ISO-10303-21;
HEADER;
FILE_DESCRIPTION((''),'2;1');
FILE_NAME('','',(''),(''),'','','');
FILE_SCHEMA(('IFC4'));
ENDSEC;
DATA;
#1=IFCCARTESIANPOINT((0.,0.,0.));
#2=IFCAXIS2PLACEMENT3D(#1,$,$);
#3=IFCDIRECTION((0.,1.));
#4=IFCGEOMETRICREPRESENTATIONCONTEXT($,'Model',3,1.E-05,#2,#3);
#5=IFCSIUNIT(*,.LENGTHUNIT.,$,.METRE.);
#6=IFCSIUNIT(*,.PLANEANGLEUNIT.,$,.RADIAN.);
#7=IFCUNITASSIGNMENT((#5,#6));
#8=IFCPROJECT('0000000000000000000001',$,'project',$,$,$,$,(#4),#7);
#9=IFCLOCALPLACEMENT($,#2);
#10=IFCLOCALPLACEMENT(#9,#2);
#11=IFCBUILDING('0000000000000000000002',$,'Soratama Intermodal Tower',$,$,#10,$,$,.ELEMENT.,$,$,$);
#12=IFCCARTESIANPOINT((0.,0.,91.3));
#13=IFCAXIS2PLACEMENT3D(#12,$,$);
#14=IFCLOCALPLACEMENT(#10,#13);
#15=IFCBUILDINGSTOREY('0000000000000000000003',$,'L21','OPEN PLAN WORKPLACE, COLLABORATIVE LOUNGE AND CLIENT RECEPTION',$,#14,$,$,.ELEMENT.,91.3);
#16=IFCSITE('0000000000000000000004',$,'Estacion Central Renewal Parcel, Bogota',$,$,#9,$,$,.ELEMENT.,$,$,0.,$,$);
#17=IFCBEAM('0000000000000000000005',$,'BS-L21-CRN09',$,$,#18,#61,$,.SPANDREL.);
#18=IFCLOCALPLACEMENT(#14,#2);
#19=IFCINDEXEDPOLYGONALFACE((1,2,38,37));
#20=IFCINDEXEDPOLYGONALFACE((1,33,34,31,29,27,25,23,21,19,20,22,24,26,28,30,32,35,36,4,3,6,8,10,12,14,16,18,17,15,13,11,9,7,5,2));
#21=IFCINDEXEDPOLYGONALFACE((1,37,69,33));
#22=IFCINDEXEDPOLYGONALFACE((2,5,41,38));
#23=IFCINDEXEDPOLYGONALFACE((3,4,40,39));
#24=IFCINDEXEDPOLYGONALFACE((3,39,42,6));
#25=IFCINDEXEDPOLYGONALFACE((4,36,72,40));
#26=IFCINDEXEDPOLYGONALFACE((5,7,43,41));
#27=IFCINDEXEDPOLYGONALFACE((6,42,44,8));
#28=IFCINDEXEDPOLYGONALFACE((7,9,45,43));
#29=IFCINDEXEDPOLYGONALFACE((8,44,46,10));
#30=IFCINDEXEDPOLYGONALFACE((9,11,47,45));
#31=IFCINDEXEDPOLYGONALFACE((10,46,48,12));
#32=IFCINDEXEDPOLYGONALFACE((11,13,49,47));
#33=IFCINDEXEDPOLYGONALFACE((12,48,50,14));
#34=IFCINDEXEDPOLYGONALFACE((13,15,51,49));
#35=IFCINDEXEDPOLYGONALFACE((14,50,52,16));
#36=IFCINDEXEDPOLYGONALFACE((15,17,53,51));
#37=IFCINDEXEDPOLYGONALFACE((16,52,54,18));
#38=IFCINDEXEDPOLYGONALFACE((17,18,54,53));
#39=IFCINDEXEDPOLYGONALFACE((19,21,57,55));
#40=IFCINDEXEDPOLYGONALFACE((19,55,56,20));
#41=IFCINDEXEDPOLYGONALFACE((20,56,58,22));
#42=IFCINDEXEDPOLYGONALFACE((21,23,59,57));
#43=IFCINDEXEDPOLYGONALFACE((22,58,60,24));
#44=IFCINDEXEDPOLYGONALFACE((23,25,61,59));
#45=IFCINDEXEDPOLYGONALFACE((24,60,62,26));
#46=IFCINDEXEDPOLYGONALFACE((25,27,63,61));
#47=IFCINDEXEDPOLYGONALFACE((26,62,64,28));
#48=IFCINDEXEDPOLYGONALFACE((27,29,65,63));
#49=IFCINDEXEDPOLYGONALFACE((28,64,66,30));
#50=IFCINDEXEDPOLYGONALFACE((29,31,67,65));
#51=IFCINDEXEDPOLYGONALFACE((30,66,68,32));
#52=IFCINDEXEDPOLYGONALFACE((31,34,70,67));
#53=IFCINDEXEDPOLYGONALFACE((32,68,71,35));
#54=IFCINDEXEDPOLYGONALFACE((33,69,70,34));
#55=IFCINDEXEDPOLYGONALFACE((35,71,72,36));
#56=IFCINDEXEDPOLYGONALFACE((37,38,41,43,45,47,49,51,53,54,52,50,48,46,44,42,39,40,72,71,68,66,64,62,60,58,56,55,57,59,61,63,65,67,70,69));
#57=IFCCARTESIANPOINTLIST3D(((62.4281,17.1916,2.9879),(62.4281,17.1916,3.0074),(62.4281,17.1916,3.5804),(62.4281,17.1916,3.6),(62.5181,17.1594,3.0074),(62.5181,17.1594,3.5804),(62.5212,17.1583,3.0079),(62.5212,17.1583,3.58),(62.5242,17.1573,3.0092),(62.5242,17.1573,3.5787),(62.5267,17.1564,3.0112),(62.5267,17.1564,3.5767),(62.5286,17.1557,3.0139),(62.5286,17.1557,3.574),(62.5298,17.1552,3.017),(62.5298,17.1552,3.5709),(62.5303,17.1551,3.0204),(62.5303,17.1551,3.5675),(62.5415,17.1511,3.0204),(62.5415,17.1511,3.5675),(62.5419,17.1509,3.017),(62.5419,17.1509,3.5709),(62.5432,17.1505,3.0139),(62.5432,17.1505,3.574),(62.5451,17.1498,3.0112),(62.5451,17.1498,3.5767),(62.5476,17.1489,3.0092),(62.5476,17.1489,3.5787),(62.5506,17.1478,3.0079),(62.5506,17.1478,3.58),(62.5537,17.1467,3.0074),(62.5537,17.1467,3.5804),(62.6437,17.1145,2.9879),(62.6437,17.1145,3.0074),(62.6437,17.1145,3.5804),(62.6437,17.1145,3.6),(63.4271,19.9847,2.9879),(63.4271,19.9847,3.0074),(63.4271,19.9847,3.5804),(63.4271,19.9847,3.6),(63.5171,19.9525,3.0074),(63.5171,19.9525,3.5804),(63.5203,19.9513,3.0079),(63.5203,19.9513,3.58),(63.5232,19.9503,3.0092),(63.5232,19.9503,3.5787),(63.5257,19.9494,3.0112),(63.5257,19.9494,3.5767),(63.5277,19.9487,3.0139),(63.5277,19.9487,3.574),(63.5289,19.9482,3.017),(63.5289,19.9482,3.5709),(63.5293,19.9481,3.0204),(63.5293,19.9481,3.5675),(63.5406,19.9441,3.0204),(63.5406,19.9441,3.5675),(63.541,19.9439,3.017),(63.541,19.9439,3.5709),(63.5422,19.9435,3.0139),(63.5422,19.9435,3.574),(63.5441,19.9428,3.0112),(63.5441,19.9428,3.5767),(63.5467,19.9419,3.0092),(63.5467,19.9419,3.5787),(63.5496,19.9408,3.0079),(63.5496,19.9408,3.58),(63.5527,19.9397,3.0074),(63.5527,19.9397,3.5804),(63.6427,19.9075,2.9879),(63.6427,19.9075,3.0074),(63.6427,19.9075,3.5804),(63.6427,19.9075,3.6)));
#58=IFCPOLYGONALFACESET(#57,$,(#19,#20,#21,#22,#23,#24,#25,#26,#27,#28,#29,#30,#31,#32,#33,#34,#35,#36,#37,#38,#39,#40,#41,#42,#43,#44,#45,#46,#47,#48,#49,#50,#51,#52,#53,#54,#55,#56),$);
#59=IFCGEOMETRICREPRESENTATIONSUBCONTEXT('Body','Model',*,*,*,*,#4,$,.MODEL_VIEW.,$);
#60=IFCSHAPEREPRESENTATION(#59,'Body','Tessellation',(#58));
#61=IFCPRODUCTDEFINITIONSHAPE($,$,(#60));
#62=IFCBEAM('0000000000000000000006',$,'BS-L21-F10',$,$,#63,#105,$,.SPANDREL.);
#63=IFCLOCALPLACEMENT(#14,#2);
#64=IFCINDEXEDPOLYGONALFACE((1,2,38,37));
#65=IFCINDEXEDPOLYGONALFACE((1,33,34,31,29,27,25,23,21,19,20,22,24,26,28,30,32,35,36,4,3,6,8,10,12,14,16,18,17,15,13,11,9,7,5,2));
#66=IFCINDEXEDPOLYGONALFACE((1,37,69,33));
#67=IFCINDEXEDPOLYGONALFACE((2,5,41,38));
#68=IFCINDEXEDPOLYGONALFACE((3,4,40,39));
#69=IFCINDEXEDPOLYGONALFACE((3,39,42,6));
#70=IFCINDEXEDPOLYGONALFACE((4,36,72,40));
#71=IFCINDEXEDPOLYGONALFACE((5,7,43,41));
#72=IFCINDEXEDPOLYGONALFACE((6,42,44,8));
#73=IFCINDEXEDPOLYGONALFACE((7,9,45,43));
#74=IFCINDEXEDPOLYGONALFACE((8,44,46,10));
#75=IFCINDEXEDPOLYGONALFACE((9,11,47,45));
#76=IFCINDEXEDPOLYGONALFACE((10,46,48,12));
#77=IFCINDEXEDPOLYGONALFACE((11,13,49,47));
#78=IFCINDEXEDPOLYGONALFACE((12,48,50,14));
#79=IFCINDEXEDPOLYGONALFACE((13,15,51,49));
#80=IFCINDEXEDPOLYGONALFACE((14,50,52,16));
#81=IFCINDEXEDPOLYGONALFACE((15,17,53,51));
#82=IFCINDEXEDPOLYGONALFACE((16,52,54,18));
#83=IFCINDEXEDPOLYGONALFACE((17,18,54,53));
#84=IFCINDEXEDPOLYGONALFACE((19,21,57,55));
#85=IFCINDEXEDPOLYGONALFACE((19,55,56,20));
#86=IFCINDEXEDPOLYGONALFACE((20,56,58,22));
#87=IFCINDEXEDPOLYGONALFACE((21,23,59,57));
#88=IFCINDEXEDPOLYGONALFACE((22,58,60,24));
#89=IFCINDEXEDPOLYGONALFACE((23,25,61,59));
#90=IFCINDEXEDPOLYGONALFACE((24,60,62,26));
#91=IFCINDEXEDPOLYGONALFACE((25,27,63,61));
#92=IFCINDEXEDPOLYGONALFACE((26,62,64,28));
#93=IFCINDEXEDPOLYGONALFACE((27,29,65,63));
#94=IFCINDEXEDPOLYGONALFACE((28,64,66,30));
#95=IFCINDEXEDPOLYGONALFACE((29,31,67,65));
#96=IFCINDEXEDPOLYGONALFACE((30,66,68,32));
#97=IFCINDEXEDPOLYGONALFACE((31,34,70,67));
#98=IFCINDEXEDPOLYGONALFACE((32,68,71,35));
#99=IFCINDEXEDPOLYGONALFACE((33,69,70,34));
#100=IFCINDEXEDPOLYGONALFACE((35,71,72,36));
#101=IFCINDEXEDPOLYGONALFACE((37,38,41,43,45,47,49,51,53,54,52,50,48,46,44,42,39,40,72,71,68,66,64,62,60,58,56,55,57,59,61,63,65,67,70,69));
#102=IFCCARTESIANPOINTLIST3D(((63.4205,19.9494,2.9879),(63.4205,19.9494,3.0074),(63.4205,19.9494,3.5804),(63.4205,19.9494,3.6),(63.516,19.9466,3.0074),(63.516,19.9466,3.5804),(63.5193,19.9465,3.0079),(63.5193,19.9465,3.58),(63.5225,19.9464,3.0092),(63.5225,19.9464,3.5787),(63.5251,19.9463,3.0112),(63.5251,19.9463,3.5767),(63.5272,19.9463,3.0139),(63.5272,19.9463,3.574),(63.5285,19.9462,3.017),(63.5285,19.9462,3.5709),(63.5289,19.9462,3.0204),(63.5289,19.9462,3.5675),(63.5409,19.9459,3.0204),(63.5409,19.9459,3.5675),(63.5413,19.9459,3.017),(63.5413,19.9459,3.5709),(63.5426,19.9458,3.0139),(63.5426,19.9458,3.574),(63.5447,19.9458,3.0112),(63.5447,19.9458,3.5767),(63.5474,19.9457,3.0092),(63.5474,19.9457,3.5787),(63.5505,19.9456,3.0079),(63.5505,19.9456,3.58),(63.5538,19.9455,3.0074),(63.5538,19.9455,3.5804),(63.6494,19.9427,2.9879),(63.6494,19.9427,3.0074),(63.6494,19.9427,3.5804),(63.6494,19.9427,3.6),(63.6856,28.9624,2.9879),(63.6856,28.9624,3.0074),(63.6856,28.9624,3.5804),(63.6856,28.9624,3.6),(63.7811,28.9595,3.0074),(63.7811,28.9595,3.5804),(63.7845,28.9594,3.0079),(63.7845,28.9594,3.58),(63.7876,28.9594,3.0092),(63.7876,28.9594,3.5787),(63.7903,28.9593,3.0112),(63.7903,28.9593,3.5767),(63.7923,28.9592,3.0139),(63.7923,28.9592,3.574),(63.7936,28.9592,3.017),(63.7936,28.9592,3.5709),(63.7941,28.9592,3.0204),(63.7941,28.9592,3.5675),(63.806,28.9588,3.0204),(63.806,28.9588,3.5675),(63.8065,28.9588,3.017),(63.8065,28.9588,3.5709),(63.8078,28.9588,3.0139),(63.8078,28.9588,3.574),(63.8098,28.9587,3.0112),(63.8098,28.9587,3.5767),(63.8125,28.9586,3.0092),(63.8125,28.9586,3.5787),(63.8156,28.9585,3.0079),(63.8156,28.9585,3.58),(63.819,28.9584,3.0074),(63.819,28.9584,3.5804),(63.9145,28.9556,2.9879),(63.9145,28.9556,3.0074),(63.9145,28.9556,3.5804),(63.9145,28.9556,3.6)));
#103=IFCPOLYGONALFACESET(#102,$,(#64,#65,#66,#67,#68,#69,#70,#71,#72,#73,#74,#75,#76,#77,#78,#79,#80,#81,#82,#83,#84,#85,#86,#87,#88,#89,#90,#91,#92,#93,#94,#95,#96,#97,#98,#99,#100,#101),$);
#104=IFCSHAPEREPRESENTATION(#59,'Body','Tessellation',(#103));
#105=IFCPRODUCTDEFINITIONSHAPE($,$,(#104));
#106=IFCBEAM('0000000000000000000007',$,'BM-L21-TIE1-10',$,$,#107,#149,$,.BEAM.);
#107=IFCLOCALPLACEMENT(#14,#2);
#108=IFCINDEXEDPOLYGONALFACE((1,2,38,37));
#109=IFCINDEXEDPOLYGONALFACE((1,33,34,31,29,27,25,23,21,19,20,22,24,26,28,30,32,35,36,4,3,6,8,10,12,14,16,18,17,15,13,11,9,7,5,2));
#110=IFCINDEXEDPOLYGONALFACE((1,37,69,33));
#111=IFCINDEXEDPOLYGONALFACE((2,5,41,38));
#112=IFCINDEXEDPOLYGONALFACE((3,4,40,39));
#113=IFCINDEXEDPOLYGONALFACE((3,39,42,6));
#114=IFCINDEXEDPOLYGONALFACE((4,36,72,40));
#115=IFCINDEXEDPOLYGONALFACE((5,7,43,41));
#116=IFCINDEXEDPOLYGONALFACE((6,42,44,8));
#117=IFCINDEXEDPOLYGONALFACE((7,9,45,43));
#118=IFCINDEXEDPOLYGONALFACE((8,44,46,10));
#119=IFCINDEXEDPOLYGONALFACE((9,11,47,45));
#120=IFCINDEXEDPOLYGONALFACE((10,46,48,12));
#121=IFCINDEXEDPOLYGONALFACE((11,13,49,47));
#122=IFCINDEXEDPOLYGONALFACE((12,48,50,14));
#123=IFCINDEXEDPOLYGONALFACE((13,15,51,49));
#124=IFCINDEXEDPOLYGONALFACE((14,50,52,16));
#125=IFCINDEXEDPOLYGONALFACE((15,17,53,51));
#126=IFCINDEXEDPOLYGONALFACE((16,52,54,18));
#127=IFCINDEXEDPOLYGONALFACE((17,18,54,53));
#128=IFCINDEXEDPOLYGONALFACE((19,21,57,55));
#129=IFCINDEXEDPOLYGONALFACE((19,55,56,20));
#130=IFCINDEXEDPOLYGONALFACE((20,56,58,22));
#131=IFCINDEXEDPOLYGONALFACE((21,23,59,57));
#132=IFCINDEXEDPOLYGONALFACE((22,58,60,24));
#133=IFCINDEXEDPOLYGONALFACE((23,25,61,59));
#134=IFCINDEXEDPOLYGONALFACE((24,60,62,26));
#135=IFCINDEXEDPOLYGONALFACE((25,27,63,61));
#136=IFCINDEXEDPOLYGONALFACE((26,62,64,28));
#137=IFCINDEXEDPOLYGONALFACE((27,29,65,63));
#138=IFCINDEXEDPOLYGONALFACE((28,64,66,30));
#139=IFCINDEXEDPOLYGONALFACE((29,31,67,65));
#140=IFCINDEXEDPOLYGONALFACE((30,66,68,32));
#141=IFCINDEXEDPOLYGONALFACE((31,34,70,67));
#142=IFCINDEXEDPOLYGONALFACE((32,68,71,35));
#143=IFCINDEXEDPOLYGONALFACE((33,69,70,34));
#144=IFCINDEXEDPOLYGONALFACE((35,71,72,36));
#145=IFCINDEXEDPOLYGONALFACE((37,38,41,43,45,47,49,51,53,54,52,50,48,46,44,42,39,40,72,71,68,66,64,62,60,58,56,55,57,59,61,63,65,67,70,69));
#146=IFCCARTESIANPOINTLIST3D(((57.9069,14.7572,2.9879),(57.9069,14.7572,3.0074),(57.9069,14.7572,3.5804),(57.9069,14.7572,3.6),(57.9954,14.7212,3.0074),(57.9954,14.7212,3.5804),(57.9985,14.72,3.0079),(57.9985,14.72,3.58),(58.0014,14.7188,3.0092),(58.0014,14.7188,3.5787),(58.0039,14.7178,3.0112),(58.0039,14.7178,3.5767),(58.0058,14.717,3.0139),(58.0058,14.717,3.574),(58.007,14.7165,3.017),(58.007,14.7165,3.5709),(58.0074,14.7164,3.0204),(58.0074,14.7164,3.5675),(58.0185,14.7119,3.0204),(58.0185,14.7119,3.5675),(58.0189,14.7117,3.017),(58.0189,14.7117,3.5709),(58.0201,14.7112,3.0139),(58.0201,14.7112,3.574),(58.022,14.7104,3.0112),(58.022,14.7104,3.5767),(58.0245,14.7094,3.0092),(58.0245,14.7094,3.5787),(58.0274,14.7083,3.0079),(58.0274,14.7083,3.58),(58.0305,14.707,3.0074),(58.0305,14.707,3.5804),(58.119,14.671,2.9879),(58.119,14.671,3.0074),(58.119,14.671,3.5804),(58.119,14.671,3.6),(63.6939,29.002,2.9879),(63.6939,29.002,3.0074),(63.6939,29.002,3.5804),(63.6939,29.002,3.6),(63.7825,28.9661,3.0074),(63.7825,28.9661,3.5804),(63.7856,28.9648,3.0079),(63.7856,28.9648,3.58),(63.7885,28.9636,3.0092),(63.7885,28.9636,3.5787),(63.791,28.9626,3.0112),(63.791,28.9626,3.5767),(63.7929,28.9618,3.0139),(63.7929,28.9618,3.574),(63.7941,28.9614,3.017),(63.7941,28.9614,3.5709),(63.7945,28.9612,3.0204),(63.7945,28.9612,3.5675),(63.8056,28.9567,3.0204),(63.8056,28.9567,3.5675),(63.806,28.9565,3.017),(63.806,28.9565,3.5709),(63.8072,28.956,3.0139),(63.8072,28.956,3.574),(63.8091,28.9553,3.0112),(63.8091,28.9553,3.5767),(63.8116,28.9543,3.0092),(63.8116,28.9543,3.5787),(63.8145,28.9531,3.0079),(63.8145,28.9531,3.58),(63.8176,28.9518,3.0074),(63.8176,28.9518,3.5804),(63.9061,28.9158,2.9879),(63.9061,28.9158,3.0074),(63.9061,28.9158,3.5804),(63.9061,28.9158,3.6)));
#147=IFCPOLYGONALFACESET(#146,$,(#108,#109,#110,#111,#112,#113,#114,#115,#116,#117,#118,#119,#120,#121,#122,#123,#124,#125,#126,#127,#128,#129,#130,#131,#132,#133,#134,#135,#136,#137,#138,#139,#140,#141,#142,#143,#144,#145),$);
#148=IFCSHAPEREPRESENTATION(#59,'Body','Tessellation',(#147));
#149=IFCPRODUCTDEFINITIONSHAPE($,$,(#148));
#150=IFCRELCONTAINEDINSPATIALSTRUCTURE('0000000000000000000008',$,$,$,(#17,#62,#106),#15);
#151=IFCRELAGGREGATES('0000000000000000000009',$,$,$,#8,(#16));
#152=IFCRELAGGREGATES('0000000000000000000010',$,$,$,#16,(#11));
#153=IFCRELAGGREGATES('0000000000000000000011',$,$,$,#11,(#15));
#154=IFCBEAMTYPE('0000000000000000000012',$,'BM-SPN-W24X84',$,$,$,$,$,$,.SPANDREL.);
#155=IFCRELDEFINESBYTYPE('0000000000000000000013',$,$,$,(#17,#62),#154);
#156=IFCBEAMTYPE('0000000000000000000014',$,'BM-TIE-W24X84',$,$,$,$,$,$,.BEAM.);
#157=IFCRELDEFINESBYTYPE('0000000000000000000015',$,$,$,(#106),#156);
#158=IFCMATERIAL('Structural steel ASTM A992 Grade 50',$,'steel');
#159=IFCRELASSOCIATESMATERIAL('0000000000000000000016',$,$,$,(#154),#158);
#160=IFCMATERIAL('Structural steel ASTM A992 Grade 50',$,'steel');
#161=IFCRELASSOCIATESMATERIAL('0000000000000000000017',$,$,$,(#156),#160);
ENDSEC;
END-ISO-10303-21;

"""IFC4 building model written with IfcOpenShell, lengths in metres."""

from ifc_helpers import new_model, si_unit, direction, frame, origin, origin_2d, place, context, subcontext, project, spatial, i_section, extrude, material, material_profile, profile_set, type_object, element, save


model = new_model("IFC4")

# Units and contexts
model_context = context("Model", 3, precision=1e-05, world=origin(), true_north=direction((0.0, 1.0)))
body_context = subcontext(model_context, "Body", "Model", "MODEL_VIEW")
ifc_project = project(units=[si_unit("LENGTHUNIT", "METRE"), si_unit("PLANEANGLEUNIT", "RADIAN")], contexts=[model_context])

# Site, building, storey
site_placement = place(None, origin())
site = spatial("IfcSite", under=ifc_project, at=site_placement, Name="Estacion Central Renewal Parcel, Bogota", CompositionType="ELEMENT", RefElevation=0.0)
building_placement = place(site_placement, origin())
building = spatial("IfcBuilding", under=site, at=building_placement, Name="Soratama Intermodal Tower", CompositionType="ELEMENT")
storey_placement = place(building_placement, frame((0.0, 0.0, 91.3)))
storey = spatial("IfcBuildingStorey", under=building, at=storey_placement, Name="L21", Description="OPEN PLAN WORKPLACE, COLLABORATIVE LOUNGE AND CLIENT RECEPTION", CompositionType="ELEMENT", Elevation=91.3)

# Beams
ifc_material_1 = material(Name="Structural steel ASTM A992 Grade 50", Category="steel")
ifc_material_profile_1 = material_profile(ifc_material_1, i_section(OverallWidth=0.229, OverallDepth=0.6121, WebThickness=0.012, FlangeThickness=0.0195, FilletRadius=0.0129, at=origin_2d()), Name="W24X84")
ifc_profile_set_1 = profile_set([ifc_material_profile_1], Name="Structural steel ASTM A992 Grade 50")
beam_type_1 = type_object("IfcBeamType", Name="BM-SPN-W24X84", PredefinedType="SPANDREL", material=ifc_profile_set_1)
beam_1_placement = place(storey_placement, frame((62.5359, 17.1531, 3.2939), z_axis=(0.336795, 0.941578, 0.0), x_axis=(-0.941578, 0.336795, 0.0)))
element("IfcBeam", 1, at=beam_1_placement, inside=storey, type_object=beam_type_1, Name="BS-L21-CRN09", PredefinedType="SPANDREL", context=body_context, shape_type="SweptSolid", body=[
    extrude(i_section(OverallWidth=0.229, OverallDepth=0.6121, WebThickness=0.012, FlangeThickness=0.0195, FilletRadius=0.0129, at=origin_2d()), origin(), (0.0, 0.0, 1.0), 2.9663),
])
beam_2_placement = place(storey_placement, frame((63.5349, 19.946, 3.2939), z_axis=(0.029405, 0.999568, 0.0), x_axis=(-0.999568, 0.029405, 0.0)))
element("IfcBeam", 2, at=beam_2_placement, inside=storey, type_object=beam_type_1, Name="BS-L21-F10", PredefinedType="SPANDREL", context=body_context, shape_type="SweptSolid", body=[
    extrude(i_section(OverallWidth=0.229, OverallDepth=0.6121, WebThickness=0.012, FlangeThickness=0.0195, FilletRadius=0.0129, at=origin_2d()), origin(), (0.0, 0.0, 1.0), 9.0168),
])
ifc_material_2 = material(Name="Structural steel ASTM A992 Grade 50", Category="steel")
ifc_material_profile_2 = material_profile(ifc_material_2, i_section(OverallWidth=0.229, OverallDepth=0.6121, WebThickness=0.012, FlangeThickness=0.0195, FilletRadius=0.0129, at=origin_2d()), Name="W24X84")
ifc_profile_set_2 = profile_set([ifc_material_profile_2], Name="Structural steel ASTM A992 Grade 50")
beam_type_2 = type_object("IfcBeamType", Name="BM-TIE-W24X84", PredefinedType="BEAM", material=ifc_profile_set_2)
beam_3_placement = place(storey_placement, frame((58.0129, 14.7141, 3.2939), z_axis=(0.376384, 0.926464, 0.0), x_axis=(-0.926464, 0.376384, 0.0)))
element("IfcBeam", 3, at=beam_3_placement, inside=storey, type_object=beam_type_2, Name="BM-L21-TIE1-10", PredefinedType="BEAM", context=body_context, shape_type="SweptSolid", body=[
    extrude(i_section(OverallWidth=0.229, OverallDepth=0.6121, WebThickness=0.012, FlangeThickness=0.0195, FilletRadius=0.0129, at=origin_2d()), origin(), (0.0, 0.0, 1.0), 15.3755),
])

save(model, "model.ifc")
